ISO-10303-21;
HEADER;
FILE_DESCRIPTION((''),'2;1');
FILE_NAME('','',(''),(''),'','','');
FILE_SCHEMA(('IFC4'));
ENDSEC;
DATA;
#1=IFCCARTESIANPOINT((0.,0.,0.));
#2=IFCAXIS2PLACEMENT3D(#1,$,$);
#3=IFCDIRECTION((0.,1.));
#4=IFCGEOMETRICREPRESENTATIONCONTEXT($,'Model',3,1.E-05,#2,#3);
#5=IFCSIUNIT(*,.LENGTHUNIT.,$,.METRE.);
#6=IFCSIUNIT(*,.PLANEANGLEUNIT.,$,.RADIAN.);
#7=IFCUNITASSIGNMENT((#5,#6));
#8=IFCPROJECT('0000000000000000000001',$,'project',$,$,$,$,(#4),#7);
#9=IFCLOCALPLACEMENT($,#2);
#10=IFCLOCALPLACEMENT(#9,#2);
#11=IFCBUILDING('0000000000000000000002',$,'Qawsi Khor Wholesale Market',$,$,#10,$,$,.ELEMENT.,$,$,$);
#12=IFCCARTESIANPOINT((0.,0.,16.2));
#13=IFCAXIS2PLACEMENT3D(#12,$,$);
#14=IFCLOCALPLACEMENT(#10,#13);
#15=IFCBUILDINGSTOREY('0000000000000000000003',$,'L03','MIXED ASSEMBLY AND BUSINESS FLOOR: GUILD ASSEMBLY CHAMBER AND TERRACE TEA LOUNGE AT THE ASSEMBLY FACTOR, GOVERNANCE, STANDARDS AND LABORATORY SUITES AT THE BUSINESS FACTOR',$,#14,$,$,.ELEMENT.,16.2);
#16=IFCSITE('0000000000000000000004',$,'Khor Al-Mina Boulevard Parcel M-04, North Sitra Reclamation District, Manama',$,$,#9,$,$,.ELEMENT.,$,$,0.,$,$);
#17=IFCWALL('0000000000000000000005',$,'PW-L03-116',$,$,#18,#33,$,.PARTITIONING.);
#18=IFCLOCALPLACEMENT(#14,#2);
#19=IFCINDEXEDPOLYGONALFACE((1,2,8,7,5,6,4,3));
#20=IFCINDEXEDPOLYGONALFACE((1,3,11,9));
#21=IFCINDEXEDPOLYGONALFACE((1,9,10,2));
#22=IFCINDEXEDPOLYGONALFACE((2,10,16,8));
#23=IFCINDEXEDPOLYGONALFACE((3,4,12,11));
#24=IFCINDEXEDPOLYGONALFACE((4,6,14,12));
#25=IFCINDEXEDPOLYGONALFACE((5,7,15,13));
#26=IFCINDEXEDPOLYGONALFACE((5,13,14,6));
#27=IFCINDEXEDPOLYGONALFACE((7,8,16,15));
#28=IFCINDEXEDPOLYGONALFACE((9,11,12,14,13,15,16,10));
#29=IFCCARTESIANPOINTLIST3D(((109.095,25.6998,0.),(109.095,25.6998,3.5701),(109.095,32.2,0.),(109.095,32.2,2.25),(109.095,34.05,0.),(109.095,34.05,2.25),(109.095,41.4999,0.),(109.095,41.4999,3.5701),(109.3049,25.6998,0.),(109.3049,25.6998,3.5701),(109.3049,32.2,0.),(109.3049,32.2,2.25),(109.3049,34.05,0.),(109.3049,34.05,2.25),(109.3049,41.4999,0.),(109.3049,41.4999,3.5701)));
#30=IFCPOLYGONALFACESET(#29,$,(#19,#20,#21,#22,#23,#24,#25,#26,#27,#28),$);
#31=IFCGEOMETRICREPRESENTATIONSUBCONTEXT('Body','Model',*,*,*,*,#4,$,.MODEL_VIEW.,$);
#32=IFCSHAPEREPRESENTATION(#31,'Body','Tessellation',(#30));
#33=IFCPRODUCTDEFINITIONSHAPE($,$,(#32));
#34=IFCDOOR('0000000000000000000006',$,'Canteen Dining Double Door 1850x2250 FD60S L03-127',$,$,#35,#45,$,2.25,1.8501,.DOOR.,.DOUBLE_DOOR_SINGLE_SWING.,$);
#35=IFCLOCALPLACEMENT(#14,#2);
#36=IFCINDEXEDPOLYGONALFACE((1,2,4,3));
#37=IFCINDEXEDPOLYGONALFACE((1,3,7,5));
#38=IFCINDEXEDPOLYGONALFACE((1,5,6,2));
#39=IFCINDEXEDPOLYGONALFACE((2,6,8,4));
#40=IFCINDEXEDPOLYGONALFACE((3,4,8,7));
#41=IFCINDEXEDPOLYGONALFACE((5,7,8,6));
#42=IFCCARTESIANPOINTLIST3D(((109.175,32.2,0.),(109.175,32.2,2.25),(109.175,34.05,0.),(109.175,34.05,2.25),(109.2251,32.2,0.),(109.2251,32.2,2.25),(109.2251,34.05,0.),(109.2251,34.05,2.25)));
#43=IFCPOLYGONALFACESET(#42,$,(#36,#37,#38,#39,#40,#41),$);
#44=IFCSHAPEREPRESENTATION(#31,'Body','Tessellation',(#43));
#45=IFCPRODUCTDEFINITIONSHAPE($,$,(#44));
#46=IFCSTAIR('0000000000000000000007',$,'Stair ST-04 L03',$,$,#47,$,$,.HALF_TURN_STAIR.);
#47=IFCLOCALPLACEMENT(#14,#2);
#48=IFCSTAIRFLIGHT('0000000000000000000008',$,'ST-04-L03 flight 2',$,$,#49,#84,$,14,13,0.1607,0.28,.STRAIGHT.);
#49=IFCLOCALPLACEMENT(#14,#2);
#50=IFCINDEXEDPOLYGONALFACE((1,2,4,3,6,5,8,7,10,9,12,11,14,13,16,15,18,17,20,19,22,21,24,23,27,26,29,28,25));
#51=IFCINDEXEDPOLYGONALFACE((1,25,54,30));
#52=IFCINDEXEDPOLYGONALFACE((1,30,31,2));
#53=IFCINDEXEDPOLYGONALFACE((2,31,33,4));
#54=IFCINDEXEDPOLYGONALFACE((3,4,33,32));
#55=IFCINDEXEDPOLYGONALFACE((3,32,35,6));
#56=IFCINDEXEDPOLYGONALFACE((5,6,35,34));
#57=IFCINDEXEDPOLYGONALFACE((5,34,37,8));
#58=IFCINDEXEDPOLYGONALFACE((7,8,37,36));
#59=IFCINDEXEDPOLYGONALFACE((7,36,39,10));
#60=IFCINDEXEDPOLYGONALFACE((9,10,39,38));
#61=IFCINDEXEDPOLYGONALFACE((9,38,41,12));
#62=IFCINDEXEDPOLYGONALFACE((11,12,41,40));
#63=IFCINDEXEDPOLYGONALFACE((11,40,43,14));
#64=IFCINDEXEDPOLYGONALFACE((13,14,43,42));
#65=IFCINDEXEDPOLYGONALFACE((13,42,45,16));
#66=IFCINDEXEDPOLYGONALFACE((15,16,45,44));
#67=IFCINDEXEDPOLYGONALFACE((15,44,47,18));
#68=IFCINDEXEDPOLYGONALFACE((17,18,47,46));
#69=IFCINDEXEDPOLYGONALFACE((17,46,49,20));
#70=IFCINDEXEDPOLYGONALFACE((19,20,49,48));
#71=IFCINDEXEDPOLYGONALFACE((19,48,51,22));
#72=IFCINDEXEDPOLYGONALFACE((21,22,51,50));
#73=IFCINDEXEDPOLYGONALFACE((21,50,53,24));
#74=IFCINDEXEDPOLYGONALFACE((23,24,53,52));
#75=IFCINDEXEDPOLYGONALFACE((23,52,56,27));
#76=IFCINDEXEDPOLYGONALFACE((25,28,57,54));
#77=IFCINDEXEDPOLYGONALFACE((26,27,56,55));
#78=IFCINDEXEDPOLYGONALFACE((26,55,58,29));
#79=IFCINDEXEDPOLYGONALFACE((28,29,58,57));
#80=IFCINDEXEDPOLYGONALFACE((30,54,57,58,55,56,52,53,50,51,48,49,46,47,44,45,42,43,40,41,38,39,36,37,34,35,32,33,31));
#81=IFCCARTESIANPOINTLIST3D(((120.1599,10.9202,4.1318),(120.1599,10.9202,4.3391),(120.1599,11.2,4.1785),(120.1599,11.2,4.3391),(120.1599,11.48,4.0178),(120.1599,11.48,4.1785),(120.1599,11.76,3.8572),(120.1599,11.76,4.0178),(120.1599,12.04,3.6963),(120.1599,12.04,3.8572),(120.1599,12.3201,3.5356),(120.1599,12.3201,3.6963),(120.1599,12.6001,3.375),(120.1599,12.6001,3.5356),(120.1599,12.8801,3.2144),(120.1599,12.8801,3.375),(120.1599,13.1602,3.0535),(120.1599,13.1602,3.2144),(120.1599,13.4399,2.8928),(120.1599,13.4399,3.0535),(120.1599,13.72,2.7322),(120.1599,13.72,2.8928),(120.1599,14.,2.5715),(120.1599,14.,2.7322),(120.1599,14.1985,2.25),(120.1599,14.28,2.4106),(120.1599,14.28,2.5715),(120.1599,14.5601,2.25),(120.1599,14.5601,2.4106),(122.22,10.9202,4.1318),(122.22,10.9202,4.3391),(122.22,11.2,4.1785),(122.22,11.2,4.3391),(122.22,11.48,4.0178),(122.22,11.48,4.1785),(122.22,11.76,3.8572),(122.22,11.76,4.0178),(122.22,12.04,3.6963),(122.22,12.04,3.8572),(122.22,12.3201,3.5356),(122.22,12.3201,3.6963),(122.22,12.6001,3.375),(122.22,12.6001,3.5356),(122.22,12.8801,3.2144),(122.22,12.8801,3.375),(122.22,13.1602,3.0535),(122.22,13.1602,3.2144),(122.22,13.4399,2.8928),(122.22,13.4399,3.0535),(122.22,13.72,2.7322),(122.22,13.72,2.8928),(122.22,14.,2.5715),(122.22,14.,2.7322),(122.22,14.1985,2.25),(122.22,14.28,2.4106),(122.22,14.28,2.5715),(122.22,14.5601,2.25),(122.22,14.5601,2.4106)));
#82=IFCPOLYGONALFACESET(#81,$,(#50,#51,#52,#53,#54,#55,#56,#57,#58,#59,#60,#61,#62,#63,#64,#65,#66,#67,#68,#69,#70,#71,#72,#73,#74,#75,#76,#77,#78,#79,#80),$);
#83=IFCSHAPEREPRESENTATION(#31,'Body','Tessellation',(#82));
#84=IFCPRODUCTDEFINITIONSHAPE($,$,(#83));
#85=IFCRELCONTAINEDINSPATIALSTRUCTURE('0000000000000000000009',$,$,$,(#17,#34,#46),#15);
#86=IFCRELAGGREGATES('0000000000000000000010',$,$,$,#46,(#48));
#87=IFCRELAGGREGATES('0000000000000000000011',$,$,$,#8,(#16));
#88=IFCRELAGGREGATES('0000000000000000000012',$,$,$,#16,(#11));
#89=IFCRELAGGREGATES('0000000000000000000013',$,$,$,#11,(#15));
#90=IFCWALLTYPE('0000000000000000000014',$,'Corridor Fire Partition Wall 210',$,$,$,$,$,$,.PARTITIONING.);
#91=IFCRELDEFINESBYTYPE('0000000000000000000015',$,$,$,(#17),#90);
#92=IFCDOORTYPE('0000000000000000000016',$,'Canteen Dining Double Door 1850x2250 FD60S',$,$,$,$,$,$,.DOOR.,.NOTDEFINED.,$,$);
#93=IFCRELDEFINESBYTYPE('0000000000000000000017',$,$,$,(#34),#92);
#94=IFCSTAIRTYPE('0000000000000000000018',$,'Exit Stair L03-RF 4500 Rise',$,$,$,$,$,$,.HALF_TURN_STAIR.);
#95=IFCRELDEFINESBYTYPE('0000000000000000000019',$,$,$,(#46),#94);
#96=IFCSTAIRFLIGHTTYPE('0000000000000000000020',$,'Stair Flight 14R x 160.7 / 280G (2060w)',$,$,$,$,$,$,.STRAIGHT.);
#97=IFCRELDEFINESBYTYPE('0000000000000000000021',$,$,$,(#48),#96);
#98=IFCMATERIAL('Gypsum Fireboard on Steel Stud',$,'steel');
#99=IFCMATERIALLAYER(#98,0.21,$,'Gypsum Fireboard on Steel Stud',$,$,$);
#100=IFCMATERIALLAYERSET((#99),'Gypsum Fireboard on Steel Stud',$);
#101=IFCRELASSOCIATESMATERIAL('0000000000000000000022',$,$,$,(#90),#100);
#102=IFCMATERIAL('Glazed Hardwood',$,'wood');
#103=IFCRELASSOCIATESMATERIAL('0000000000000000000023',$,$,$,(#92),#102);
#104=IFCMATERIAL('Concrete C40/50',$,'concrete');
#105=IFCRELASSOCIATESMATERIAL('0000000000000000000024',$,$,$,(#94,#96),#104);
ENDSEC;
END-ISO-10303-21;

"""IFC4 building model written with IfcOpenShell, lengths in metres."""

from ifc_helpers import new_model, si_unit, direction, frame, frame_2d, origin, place, context, subcontext, project, spatial, polyline, rectangle, outline, extrude, material, layer, layer_set, type_object, element, fill, aggregate, save


model = new_model("IFC4")

# Units and contexts
model_context = context("Model", 3, precision=1e-05, world=origin(), true_north=direction((0.0, 1.0)))
body_context = subcontext(model_context, "Body", "Model", "MODEL_VIEW")
ifc_project = project(units=[si_unit("LENGTHUNIT", "METRE"), si_unit("PLANEANGLEUNIT", "RADIAN")], contexts=[model_context])

# Site, building, storey
site_placement = place(None, origin())
site = spatial("IfcSite", under=ifc_project, at=site_placement, Name="Khor Al-Mina Boulevard Parcel M-04, North Sitra Reclamation District, Manama", CompositionType="ELEMENT", RefElevation=0.0)
building_placement = place(site_placement, origin())
building = spatial("IfcBuilding", under=site, at=building_placement, Name="Qawsi Khor Wholesale Market", CompositionType="ELEMENT")
storey_placement = place(building_placement, frame((0.0, 0.0, 16.2)))
storey = spatial("IfcBuildingStorey", under=building, at=storey_placement, Name="L03", Description="MIXED ASSEMBLY AND BUSINESS FLOOR: GUILD ASSEMBLY CHAMBER AND TERRACE TEA LOUNGE AT THE ASSEMBLY FACTOR, GOVERNANCE, STANDARDS AND LABORATORY SUITES AT THE BUSINESS FACTOR", CompositionType="ELEMENT", Elevation=16.2)

# Shared definitions
ifc_material_1 = material(Name="Concrete C40/50", Category="concrete")

# Shared definitions
ifc_material_2 = material(Name="Gypsum Fireboard on Steel Stud", Category="steel")
ifc_layer_1 = layer(ifc_material_2, 0.21, Name="Gypsum Fireboard on Steel Stud")
ifc_layer_set_1 = layer_set([ifc_layer_1], Name="Gypsum Fireboard on Steel Stud")
wall_type_1 = type_object("IfcWallType", Name="Corridor Fire Partition Wall 210", PredefinedType="PARTITIONING", material=ifc_layer_set_1)

# Wall, opening, door
wall_1_placement = place(storey_placement, frame((109.2, 25.7, 0.0), z_axis=(0.0, 0.0, 1.0), x_axis=(0.0, 1.0, 0.0)))
wall_1 = element("IfcWall", 1, at=wall_1_placement, inside=storey, type_object=wall_type_1, Name="PW-L03-116", PredefinedType="PARTITIONING", context=body_context, shape_type="SweptSolid", body=[
    extrude(rectangle(XDim=15.8, YDim=0.21, at=frame_2d((7.8999, 0.0))), origin(), (0.0, 0.0, 1.0), 3.5701),
])
opening_1_placement = place(wall_1_placement, frame((6.5, 0.0, 0.0)))
opening_1 = element("IfcOpeningElement", 2, at=opening_1_placement, cuts=wall_1, PredefinedType="OPENING", context=body_context, shape_type="SweptSolid", body=[
    extrude(rectangle(XDim=1.8501, YDim=2.25, at=frame_2d((0.925, 1.125))), frame((0.0, 0.115, 0.0), z_axis=(0.0, -1.0, 0.0), x_axis=(1.0, 0.0, 0.0)), (0.0, 0.0, 1.0), 0.23),
])
ifc_material_3 = material(Name="Glazed Hardwood", Category="wood")
door_type_1 = type_object("IfcDoorType", Name="Canteen Dining Double Door 1850x2250 FD60S", OperationType="NOTDEFINED", PredefinedType="DOOR", material=ifc_material_3)
door_1_placement = place(opening_1_placement, origin())
door_1 = element("IfcDoor", 3, at=door_1_placement, inside=storey, type_object=door_type_1, Name="Canteen Dining Double Door 1850x2250 FD60S L03-127", OperationType="DOUBLE_DOOR_SINGLE_SWING", OverallHeight=2.25, OverallWidth=1.8501, PredefinedType="DOOR", context=body_context, shape_type="SweptSolid", body=[
    extrude(rectangle(XDim=1.8501, YDim=2.25, at=frame_2d((0.925, 1.125))), frame((0.0, 0.0249, 0.0), z_axis=(0.0, -1.0, 0.0), x_axis=(1.0, 0.0, 0.0)), (0.0, 0.0, 1.0), 0.05),
])
fill(opening_1, door_1)

# Stair, stair flight
stair_type = type_object("IfcStairType", Name="Exit Stair L03-RF 4500 Rise", PredefinedType="HALF_TURN_STAIR", material=ifc_material_1)
stair_placement = place(storey_placement, origin())
stair = element("IfcStair", 4, at=stair_placement, inside=storey, type_object=stair_type, Name="Stair ST-04 L03", PredefinedType="HALF_TURN_STAIR")
stair_flight_type = type_object("IfcStairFlightType", Name="Stair Flight 14R x 160.7 / 280G (2060w)", PredefinedType="STRAIGHT", material=ifc_material_1)
stair_flight_placement = place(storey_placement, frame((121.1899, 14.5601, 2.25), z_axis=(0.0, 0.0, 1.0), x_axis=(0.0, -1.0, 0.0)))
stair_flight = element("IfcStairFlight", 5, at=stair_flight_placement, type_object=stair_flight_type, Name="ST-04-L03 flight 2", NumberOfRisers=14, NumberOfTreads=13, PredefinedType="STRAIGHT", RiserHeight=0.1607, TreadLength=0.28, context=body_context, shape_type="SweptSolid", body=[
    extrude(outline(polyline([(0.0, 0.0), (0.0, 0.1606), (0.28, 0.1606), (0.28, 0.3215), (0.5601, 0.3215), (0.5601, 0.4822), (0.8401, 0.4822), (0.8401, 0.6428), (1.1201, 0.6428), (1.1201, 0.8035), (1.3999, 0.8035), (1.3999, 0.9644), (1.6799, 0.9644), (1.6799, 1.125), (1.96, 1.125), (1.96, 1.2856), (2.24, 1.2856), (2.24, 1.4463), (2.52, 1.4463), (2.52, 1.6072), (2.8, 1.6072), (2.8, 1.7678), (3.0801, 1.7678), (3.0801, 1.9285), (3.3601, 1.9285), (3.3601, 2.0891), (3.6399, 2.0891), (3.6399, 2.25), (3.6399, 1.8818), (0.3616, 0.0), (0.0, 0.0)])), frame((0.0, 1.03, 0.0), z_axis=(0.0, -1.0, 0.0), x_axis=(1.0, 0.0, 0.0)), (0.0, 0.0, 1.0), 2.0601),
])
aggregate(stair, [stair_flight])

save(model, "model.ifc")
